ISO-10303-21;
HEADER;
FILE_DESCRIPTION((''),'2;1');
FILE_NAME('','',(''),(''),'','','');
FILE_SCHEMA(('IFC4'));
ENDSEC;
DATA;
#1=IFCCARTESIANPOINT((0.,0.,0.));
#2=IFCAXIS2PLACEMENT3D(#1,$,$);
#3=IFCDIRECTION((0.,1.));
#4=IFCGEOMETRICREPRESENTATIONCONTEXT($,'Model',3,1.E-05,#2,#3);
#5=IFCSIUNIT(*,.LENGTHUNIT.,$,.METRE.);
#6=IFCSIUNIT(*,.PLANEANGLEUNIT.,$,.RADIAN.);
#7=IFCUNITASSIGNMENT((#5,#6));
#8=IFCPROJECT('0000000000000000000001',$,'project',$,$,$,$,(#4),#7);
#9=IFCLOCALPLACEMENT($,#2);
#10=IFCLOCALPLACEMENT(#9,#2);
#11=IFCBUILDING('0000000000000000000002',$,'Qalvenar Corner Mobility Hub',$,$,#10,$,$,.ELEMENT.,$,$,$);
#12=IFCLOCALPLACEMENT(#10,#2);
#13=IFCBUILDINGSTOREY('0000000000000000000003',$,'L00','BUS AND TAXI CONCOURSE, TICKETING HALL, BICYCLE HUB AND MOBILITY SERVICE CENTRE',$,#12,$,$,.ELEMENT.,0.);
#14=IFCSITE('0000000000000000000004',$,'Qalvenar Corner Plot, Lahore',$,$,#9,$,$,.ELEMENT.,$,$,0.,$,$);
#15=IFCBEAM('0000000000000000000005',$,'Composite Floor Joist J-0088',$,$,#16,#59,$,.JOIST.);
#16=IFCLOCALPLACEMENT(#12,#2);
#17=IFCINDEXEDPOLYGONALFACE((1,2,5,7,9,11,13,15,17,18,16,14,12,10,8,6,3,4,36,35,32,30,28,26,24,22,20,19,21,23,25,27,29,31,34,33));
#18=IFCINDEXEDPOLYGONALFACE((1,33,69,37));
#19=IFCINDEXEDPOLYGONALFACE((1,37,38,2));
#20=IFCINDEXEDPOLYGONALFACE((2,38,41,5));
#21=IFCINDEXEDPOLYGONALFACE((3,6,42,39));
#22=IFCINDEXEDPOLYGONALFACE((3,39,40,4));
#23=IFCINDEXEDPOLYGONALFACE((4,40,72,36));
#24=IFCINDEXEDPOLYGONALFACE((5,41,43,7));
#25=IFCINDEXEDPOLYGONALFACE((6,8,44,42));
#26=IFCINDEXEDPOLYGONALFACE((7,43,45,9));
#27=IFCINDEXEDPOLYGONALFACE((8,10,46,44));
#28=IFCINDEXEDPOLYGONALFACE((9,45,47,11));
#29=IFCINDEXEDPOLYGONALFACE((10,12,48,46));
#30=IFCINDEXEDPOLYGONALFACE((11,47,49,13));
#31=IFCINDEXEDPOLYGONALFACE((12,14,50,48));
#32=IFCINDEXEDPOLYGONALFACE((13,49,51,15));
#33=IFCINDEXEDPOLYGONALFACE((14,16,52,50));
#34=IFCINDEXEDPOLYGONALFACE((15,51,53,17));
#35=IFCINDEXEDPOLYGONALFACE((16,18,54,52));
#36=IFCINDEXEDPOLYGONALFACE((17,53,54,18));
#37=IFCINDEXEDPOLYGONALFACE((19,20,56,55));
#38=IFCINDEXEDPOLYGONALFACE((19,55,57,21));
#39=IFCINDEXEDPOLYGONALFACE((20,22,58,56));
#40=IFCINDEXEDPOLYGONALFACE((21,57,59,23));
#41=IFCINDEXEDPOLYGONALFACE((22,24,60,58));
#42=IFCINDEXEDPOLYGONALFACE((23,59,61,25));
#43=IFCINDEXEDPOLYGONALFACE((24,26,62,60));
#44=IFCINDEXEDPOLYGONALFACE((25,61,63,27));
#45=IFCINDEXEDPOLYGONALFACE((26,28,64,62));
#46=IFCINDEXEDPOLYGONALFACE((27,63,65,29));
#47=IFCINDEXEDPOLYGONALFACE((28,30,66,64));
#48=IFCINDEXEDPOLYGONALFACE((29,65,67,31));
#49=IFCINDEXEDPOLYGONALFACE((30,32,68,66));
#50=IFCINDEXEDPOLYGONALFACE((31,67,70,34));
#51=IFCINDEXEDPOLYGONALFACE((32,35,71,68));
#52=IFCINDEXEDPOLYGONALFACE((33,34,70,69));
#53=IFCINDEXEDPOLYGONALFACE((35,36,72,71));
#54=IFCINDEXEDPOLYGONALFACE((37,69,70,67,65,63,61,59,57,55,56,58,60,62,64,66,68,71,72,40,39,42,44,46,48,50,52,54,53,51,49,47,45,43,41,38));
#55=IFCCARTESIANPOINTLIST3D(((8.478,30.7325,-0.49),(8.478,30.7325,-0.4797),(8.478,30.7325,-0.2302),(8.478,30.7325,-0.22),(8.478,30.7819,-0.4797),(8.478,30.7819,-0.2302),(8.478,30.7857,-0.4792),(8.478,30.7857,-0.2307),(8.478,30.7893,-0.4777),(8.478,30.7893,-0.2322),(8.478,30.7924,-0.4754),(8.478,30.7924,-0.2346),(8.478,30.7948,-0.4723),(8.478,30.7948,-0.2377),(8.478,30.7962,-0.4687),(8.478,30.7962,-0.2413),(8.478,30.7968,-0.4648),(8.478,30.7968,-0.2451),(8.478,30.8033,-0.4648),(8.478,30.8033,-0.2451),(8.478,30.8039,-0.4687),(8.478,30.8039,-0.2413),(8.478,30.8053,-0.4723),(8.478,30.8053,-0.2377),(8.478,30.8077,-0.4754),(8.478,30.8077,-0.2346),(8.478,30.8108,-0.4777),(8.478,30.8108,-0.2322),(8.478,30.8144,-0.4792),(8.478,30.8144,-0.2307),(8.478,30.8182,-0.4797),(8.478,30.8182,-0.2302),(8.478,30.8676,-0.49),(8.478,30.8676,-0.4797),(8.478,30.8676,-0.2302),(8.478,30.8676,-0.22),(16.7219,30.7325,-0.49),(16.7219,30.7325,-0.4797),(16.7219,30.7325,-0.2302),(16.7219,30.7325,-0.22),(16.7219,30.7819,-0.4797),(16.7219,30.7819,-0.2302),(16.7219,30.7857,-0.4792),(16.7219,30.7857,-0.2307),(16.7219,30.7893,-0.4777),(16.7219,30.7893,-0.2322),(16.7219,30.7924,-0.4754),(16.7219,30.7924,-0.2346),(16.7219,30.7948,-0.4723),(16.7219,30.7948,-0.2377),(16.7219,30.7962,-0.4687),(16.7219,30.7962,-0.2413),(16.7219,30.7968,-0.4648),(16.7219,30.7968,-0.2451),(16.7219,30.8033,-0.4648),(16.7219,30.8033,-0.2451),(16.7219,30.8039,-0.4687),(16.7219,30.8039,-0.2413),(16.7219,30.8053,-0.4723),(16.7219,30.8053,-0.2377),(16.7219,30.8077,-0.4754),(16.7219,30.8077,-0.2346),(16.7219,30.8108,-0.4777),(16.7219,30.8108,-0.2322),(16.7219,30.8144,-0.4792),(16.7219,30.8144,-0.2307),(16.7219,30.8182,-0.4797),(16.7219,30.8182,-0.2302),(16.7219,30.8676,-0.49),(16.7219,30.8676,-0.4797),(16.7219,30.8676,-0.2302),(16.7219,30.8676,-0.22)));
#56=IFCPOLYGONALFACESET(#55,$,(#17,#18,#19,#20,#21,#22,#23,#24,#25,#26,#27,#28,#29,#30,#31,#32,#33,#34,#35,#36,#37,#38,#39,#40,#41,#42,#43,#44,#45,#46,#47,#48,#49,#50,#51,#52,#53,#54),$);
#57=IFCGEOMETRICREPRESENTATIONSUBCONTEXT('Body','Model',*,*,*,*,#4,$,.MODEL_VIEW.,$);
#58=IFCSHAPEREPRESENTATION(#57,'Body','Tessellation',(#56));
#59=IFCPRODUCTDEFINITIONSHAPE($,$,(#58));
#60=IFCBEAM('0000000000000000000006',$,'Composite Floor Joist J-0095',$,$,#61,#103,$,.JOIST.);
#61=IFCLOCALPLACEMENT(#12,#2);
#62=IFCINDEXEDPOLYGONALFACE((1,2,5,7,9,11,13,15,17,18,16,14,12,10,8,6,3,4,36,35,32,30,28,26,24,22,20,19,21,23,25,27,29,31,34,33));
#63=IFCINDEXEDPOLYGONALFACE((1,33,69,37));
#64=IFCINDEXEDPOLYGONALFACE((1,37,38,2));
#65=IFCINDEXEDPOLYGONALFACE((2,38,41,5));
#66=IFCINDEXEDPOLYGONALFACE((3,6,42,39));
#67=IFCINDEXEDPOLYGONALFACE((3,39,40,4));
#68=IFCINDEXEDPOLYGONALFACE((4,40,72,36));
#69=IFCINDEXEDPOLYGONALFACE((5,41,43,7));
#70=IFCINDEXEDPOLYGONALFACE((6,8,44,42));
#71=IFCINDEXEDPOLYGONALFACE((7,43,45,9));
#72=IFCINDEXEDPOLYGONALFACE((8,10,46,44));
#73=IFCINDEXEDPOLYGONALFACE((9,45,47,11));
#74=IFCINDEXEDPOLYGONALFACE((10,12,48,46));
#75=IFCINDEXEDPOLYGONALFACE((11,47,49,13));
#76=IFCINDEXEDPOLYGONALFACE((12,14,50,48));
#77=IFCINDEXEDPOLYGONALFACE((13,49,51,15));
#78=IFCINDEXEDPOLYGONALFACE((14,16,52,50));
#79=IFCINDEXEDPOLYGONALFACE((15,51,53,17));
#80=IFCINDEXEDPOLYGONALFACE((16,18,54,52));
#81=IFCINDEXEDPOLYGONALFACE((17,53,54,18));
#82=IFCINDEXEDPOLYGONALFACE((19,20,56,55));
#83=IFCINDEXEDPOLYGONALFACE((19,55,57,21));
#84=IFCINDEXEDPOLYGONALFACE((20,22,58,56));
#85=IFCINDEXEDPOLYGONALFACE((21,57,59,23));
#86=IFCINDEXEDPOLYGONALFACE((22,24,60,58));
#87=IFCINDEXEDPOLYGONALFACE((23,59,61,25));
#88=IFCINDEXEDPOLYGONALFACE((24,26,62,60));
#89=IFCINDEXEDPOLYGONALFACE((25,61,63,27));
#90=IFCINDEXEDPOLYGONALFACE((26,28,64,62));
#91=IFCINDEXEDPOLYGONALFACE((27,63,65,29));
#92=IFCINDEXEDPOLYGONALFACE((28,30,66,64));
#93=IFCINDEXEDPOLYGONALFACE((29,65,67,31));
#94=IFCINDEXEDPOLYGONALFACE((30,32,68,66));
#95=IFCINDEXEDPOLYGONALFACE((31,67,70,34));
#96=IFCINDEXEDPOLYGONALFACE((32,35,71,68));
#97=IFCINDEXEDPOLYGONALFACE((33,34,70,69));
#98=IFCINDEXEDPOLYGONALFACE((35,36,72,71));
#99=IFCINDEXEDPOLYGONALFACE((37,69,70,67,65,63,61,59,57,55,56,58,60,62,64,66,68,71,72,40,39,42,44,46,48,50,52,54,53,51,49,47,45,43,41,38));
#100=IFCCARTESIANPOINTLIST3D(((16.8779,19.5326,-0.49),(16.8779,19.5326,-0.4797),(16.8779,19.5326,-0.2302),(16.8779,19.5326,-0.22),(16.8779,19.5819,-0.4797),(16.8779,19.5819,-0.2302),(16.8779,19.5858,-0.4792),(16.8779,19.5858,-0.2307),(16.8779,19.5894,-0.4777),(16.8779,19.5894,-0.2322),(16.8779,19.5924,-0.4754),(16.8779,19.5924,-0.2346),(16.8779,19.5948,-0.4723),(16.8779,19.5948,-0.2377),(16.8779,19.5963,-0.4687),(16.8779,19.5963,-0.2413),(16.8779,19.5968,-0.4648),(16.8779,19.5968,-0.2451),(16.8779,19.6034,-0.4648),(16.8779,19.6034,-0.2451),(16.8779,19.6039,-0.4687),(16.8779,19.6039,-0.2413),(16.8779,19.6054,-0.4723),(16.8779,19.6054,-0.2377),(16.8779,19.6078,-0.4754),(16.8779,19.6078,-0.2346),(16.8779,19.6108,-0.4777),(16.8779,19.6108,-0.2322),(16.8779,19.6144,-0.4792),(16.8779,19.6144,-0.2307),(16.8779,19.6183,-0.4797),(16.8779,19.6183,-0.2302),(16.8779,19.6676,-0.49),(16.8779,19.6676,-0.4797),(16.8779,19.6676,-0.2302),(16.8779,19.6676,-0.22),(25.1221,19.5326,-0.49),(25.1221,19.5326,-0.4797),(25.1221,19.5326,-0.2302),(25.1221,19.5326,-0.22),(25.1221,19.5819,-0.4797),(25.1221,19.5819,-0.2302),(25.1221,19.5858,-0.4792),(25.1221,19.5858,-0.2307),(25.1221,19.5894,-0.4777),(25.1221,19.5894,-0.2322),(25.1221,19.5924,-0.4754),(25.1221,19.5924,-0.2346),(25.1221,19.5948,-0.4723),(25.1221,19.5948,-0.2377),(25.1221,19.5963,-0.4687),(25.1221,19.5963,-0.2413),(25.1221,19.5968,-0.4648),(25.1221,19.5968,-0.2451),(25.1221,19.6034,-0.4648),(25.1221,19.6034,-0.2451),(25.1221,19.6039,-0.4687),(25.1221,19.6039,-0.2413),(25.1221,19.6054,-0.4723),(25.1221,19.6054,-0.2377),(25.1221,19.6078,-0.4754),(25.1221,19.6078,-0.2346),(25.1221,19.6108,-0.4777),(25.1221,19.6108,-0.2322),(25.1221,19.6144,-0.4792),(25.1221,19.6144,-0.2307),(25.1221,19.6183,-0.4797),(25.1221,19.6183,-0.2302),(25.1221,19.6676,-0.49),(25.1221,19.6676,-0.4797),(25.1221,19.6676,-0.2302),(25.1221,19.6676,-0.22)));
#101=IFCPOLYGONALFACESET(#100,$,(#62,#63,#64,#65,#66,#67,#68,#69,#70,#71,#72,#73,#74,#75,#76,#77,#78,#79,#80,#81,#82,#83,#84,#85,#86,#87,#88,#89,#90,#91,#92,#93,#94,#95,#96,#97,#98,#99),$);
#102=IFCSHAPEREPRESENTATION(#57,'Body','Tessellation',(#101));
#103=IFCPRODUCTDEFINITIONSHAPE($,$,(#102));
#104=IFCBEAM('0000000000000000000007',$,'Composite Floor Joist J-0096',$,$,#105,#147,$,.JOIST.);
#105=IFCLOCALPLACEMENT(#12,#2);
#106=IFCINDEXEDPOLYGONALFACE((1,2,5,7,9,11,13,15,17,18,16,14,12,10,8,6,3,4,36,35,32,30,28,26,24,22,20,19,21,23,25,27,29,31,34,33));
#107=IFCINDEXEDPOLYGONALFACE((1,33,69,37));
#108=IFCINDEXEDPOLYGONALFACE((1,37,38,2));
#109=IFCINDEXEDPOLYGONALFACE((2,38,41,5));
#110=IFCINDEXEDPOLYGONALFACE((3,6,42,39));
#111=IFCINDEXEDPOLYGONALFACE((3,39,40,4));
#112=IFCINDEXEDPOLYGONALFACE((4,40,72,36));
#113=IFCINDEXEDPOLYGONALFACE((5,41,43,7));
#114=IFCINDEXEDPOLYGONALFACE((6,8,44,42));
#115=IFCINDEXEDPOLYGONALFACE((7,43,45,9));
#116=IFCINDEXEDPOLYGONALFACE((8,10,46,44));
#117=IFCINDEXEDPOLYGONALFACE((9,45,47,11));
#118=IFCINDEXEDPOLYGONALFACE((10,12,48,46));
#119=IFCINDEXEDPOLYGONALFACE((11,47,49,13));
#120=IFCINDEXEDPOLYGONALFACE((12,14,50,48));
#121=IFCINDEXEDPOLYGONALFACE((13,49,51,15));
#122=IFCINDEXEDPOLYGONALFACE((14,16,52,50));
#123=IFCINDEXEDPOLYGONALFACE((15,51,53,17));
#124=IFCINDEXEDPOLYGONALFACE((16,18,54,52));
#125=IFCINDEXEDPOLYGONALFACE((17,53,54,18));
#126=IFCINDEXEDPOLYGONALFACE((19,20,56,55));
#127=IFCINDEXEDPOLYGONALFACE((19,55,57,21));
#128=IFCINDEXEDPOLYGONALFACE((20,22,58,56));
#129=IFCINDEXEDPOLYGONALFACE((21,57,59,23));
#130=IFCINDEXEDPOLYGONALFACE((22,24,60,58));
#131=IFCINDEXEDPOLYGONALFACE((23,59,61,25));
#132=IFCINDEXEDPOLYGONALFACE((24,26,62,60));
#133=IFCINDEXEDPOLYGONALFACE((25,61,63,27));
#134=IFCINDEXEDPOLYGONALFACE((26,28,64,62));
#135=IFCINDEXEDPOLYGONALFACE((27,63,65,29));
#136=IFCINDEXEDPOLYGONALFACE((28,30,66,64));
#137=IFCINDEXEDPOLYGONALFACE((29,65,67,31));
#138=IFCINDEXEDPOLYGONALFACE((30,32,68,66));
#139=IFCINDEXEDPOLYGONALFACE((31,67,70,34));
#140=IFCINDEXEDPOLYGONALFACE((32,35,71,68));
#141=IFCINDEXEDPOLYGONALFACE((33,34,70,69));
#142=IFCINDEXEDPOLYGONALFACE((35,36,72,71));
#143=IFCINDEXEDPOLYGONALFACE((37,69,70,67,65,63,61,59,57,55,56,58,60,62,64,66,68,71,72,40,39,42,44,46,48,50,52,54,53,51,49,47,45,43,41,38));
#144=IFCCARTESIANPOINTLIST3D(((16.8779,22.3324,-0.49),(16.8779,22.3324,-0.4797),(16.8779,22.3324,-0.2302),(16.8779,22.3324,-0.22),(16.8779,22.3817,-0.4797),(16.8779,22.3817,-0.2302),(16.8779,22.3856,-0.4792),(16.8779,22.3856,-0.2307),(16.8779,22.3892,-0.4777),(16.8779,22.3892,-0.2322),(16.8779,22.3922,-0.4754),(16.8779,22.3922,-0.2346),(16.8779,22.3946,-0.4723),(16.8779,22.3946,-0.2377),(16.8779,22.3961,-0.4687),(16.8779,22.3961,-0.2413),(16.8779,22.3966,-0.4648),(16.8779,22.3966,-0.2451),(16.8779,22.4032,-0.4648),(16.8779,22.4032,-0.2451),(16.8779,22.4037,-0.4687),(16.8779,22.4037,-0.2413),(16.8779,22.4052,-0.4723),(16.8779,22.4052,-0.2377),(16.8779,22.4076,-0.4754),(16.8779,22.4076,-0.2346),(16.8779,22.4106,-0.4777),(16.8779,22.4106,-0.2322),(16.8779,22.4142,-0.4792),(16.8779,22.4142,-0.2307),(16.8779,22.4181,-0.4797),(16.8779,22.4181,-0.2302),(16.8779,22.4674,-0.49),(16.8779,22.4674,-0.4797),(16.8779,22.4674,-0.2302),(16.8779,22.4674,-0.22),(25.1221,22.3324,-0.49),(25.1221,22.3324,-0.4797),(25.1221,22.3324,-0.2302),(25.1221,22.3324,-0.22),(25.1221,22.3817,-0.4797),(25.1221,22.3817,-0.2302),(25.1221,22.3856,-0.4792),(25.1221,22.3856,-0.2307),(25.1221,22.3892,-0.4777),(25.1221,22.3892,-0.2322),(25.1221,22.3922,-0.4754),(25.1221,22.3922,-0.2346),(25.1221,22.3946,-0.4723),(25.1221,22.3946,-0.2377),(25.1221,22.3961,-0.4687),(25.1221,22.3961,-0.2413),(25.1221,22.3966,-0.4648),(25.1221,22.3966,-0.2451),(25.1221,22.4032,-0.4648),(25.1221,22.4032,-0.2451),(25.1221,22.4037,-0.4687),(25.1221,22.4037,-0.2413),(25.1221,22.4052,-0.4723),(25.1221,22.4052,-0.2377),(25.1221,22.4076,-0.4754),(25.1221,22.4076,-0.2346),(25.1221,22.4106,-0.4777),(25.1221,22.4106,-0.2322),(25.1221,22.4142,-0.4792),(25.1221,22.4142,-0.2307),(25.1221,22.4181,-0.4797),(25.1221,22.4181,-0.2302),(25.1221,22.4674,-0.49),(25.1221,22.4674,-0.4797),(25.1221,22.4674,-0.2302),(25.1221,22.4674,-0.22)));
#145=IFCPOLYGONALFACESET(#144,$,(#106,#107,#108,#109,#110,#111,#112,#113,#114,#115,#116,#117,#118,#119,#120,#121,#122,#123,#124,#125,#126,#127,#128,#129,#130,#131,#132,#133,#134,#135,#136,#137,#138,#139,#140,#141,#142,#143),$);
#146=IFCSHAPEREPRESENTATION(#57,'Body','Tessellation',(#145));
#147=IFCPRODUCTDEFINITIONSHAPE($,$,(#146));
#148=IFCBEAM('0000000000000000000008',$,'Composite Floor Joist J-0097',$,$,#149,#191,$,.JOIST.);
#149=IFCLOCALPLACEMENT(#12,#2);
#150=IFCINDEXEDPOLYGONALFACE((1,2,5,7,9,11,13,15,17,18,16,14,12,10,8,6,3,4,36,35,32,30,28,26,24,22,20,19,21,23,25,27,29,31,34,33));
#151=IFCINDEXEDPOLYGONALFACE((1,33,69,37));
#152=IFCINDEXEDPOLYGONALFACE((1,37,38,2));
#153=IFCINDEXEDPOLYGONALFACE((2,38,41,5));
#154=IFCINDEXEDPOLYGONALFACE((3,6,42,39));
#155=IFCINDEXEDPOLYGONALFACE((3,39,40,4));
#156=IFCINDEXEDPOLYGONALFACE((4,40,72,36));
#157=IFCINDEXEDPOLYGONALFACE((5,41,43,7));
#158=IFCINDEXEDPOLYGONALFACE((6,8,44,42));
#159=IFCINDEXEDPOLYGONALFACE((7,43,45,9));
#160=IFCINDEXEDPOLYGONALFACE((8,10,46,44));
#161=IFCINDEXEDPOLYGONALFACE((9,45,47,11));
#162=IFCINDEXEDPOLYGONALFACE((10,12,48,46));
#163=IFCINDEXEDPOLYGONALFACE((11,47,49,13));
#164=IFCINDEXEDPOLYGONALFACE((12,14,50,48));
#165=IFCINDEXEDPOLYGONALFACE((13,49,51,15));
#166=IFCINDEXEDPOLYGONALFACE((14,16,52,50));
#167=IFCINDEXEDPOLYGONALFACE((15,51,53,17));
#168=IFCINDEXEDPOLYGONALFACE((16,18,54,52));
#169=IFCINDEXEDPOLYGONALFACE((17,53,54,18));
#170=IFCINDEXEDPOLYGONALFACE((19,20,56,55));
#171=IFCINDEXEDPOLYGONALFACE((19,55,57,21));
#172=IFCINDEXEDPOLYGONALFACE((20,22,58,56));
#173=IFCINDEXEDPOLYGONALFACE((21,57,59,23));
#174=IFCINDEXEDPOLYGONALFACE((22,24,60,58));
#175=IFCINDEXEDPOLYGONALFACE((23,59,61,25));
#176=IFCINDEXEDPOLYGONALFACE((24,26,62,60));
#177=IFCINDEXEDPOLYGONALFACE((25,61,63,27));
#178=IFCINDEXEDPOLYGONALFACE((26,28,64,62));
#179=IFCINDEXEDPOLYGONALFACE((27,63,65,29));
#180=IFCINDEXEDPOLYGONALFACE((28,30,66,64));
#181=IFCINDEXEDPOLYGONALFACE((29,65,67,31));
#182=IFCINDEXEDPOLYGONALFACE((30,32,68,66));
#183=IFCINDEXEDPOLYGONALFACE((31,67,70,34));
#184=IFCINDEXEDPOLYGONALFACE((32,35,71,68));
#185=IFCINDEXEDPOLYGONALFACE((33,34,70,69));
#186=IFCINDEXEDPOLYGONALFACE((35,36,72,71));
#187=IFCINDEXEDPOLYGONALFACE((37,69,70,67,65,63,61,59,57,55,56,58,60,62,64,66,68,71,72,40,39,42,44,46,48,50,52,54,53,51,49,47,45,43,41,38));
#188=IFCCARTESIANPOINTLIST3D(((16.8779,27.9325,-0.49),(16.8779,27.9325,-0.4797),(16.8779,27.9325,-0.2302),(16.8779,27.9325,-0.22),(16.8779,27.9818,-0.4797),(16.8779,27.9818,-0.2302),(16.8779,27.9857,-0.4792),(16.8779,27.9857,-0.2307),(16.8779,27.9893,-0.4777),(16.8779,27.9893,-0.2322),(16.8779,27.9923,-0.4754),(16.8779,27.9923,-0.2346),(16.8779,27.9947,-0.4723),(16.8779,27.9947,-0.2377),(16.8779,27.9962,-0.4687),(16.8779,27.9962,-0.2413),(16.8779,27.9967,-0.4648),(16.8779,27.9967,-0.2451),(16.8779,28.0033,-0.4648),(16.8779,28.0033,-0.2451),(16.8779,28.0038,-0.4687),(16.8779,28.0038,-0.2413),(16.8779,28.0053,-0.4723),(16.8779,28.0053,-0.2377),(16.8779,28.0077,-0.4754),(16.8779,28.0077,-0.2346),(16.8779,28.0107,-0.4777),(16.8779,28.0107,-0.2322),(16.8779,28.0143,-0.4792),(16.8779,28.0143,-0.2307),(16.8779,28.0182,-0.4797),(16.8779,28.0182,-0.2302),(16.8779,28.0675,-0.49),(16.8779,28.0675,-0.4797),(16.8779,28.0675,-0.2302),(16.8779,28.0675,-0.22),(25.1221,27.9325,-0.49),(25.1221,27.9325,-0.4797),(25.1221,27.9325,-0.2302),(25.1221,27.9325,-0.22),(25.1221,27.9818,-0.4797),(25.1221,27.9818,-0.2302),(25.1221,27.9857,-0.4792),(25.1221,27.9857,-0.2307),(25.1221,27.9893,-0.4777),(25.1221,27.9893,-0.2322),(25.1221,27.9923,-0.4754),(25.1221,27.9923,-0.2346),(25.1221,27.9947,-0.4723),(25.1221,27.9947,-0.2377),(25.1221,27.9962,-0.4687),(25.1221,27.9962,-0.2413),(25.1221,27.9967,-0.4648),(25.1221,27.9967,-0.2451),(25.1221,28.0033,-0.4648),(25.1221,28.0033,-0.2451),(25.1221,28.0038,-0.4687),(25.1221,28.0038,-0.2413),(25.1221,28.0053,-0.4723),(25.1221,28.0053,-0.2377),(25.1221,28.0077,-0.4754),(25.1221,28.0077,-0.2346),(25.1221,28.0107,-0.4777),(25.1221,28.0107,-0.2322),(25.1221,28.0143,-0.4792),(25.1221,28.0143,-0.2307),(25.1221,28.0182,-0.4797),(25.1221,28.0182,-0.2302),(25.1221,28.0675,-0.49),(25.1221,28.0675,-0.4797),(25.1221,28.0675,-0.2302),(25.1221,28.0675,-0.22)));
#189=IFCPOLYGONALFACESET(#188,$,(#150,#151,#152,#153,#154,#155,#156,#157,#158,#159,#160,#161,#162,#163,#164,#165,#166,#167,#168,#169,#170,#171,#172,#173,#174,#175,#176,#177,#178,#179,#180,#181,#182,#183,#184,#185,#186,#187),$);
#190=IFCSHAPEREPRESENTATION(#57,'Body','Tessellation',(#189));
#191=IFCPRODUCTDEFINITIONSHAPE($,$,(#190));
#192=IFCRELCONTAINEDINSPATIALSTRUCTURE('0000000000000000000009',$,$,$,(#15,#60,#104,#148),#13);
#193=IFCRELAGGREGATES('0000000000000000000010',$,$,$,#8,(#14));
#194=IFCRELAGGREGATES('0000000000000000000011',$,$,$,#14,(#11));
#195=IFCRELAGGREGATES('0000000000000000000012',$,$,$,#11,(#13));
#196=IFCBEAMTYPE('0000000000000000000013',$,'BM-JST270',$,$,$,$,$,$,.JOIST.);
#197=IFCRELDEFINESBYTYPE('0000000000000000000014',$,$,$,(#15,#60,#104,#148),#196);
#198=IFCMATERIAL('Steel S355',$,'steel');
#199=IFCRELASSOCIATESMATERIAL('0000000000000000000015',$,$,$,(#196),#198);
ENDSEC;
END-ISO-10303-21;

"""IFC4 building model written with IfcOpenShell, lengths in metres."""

from ifc_helpers import new_model, si_unit, direction, frame, origin, origin_2d, place, context, subcontext, project, spatial, i_section, extrude, material, material_profile, profile_set, type_object, element, save


model = new_model("IFC4")

# Units and contexts
model_context = context("Model", 3, precision=1e-05, world=origin(), true_north=direction((0.0, 1.0)))
body_context = subcontext(model_context, "Body", "Model", "MODEL_VIEW")
ifc_project = project(units=[si_unit("LENGTHUNIT", "METRE"), si_unit("PLANEANGLEUNIT", "RADIAN")], contexts=[model_context])

# Site, building, storey
site_placement = place(None, origin())
site = spatial("IfcSite", under=ifc_project, at=site_placement, Name="Qalvenar Corner Plot, Lahore", CompositionType="ELEMENT", RefElevation=0.0)
building_placement = place(site_placement, origin())
building = spatial("IfcBuilding", under=site, at=building_placement, Name="Qalvenar Corner Mobility Hub", CompositionType="ELEMENT")
storey_placement = place(building_placement, origin())
storey = spatial("IfcBuildingStorey", under=building, at=storey_placement, Name="L00", Description="BUS AND TAXI CONCOURSE, TICKETING HALL, BICYCLE HUB AND MOBILITY SERVICE CENTRE", CompositionType="ELEMENT", Elevation=0.0)

# Shared definitions
ifc_material_1 = material(Name="Steel S355", Category="steel")

# Beams
ifc_material_profile_1 = material_profile(ifc_material_1, i_section(OverallWidth=0.135, OverallDepth=0.27, WebThickness=0.0066, FlangeThickness=0.0103, FilletRadius=0.0149, at=origin_2d()), Name="IPE270")
ifc_profile_set_1 = profile_set([ifc_material_profile_1], Name="Steel S355")
beam_type_1 = type_object("IfcBeamType", Name="BM-JST270", PredefinedType="JOIST", material=ifc_profile_set_1)
for number, where, z_axis, x_axis, name in (
    (1, (8.478, 30.8, -0.355), (1.0, 0.0, 0.0), (0.0, 1.0, 0.0), "Composite Floor Joist J-0088"),
):
    element("IfcBeam", number, at=place(storey_placement, frame(where, z_axis=z_axis, x_axis=x_axis)), inside=storey, type_object=beam_type_1, Name=name, PredefinedType="JOIST", context=body_context, shape_type="SweptSolid", body=[
        extrude(i_section(OverallWidth=0.135, OverallDepth=0.27, WebThickness=0.0066, FlangeThickness=0.0103, FilletRadius=0.0149, at=origin_2d()), origin(), (0.0, 0.0, 1.0), 8.2439),
    ])
for number, where, z_axis, x_axis, name in (
    (2, (16.8779, 19.6001, -0.355), (1.0, 0.0, 0.0), (0.0, 1.0, 0.0), "Composite Floor Joist J-0095"),
    (3, (16.8779, 22.3999, -0.355), (1.0, 0.0, 0.0), (0.0, 1.0, 0.0), "Composite Floor Joist J-0096"),
    (4, (16.8779, 28.0, -0.355), (1.0, 0.0, 0.0), (0.0, 1.0, 0.0), "Composite Floor Joist J-0097"),
):
    element("IfcBeam", number, at=place(storey_placement, frame(where, z_axis=z_axis, x_axis=x_axis)), inside=storey, type_object=beam_type_1, Name=name, PredefinedType="JOIST", context=body_context, shape_type="SweptSolid", body=[
        extrude(i_section(OverallWidth=0.135, OverallDepth=0.27, WebThickness=0.0066, FlangeThickness=0.0103, FilletRadius=0.0149, at=origin_2d()), origin(), (0.0, 0.0, 1.0), 8.2441),
    ])

save(model, "model.ifc")
